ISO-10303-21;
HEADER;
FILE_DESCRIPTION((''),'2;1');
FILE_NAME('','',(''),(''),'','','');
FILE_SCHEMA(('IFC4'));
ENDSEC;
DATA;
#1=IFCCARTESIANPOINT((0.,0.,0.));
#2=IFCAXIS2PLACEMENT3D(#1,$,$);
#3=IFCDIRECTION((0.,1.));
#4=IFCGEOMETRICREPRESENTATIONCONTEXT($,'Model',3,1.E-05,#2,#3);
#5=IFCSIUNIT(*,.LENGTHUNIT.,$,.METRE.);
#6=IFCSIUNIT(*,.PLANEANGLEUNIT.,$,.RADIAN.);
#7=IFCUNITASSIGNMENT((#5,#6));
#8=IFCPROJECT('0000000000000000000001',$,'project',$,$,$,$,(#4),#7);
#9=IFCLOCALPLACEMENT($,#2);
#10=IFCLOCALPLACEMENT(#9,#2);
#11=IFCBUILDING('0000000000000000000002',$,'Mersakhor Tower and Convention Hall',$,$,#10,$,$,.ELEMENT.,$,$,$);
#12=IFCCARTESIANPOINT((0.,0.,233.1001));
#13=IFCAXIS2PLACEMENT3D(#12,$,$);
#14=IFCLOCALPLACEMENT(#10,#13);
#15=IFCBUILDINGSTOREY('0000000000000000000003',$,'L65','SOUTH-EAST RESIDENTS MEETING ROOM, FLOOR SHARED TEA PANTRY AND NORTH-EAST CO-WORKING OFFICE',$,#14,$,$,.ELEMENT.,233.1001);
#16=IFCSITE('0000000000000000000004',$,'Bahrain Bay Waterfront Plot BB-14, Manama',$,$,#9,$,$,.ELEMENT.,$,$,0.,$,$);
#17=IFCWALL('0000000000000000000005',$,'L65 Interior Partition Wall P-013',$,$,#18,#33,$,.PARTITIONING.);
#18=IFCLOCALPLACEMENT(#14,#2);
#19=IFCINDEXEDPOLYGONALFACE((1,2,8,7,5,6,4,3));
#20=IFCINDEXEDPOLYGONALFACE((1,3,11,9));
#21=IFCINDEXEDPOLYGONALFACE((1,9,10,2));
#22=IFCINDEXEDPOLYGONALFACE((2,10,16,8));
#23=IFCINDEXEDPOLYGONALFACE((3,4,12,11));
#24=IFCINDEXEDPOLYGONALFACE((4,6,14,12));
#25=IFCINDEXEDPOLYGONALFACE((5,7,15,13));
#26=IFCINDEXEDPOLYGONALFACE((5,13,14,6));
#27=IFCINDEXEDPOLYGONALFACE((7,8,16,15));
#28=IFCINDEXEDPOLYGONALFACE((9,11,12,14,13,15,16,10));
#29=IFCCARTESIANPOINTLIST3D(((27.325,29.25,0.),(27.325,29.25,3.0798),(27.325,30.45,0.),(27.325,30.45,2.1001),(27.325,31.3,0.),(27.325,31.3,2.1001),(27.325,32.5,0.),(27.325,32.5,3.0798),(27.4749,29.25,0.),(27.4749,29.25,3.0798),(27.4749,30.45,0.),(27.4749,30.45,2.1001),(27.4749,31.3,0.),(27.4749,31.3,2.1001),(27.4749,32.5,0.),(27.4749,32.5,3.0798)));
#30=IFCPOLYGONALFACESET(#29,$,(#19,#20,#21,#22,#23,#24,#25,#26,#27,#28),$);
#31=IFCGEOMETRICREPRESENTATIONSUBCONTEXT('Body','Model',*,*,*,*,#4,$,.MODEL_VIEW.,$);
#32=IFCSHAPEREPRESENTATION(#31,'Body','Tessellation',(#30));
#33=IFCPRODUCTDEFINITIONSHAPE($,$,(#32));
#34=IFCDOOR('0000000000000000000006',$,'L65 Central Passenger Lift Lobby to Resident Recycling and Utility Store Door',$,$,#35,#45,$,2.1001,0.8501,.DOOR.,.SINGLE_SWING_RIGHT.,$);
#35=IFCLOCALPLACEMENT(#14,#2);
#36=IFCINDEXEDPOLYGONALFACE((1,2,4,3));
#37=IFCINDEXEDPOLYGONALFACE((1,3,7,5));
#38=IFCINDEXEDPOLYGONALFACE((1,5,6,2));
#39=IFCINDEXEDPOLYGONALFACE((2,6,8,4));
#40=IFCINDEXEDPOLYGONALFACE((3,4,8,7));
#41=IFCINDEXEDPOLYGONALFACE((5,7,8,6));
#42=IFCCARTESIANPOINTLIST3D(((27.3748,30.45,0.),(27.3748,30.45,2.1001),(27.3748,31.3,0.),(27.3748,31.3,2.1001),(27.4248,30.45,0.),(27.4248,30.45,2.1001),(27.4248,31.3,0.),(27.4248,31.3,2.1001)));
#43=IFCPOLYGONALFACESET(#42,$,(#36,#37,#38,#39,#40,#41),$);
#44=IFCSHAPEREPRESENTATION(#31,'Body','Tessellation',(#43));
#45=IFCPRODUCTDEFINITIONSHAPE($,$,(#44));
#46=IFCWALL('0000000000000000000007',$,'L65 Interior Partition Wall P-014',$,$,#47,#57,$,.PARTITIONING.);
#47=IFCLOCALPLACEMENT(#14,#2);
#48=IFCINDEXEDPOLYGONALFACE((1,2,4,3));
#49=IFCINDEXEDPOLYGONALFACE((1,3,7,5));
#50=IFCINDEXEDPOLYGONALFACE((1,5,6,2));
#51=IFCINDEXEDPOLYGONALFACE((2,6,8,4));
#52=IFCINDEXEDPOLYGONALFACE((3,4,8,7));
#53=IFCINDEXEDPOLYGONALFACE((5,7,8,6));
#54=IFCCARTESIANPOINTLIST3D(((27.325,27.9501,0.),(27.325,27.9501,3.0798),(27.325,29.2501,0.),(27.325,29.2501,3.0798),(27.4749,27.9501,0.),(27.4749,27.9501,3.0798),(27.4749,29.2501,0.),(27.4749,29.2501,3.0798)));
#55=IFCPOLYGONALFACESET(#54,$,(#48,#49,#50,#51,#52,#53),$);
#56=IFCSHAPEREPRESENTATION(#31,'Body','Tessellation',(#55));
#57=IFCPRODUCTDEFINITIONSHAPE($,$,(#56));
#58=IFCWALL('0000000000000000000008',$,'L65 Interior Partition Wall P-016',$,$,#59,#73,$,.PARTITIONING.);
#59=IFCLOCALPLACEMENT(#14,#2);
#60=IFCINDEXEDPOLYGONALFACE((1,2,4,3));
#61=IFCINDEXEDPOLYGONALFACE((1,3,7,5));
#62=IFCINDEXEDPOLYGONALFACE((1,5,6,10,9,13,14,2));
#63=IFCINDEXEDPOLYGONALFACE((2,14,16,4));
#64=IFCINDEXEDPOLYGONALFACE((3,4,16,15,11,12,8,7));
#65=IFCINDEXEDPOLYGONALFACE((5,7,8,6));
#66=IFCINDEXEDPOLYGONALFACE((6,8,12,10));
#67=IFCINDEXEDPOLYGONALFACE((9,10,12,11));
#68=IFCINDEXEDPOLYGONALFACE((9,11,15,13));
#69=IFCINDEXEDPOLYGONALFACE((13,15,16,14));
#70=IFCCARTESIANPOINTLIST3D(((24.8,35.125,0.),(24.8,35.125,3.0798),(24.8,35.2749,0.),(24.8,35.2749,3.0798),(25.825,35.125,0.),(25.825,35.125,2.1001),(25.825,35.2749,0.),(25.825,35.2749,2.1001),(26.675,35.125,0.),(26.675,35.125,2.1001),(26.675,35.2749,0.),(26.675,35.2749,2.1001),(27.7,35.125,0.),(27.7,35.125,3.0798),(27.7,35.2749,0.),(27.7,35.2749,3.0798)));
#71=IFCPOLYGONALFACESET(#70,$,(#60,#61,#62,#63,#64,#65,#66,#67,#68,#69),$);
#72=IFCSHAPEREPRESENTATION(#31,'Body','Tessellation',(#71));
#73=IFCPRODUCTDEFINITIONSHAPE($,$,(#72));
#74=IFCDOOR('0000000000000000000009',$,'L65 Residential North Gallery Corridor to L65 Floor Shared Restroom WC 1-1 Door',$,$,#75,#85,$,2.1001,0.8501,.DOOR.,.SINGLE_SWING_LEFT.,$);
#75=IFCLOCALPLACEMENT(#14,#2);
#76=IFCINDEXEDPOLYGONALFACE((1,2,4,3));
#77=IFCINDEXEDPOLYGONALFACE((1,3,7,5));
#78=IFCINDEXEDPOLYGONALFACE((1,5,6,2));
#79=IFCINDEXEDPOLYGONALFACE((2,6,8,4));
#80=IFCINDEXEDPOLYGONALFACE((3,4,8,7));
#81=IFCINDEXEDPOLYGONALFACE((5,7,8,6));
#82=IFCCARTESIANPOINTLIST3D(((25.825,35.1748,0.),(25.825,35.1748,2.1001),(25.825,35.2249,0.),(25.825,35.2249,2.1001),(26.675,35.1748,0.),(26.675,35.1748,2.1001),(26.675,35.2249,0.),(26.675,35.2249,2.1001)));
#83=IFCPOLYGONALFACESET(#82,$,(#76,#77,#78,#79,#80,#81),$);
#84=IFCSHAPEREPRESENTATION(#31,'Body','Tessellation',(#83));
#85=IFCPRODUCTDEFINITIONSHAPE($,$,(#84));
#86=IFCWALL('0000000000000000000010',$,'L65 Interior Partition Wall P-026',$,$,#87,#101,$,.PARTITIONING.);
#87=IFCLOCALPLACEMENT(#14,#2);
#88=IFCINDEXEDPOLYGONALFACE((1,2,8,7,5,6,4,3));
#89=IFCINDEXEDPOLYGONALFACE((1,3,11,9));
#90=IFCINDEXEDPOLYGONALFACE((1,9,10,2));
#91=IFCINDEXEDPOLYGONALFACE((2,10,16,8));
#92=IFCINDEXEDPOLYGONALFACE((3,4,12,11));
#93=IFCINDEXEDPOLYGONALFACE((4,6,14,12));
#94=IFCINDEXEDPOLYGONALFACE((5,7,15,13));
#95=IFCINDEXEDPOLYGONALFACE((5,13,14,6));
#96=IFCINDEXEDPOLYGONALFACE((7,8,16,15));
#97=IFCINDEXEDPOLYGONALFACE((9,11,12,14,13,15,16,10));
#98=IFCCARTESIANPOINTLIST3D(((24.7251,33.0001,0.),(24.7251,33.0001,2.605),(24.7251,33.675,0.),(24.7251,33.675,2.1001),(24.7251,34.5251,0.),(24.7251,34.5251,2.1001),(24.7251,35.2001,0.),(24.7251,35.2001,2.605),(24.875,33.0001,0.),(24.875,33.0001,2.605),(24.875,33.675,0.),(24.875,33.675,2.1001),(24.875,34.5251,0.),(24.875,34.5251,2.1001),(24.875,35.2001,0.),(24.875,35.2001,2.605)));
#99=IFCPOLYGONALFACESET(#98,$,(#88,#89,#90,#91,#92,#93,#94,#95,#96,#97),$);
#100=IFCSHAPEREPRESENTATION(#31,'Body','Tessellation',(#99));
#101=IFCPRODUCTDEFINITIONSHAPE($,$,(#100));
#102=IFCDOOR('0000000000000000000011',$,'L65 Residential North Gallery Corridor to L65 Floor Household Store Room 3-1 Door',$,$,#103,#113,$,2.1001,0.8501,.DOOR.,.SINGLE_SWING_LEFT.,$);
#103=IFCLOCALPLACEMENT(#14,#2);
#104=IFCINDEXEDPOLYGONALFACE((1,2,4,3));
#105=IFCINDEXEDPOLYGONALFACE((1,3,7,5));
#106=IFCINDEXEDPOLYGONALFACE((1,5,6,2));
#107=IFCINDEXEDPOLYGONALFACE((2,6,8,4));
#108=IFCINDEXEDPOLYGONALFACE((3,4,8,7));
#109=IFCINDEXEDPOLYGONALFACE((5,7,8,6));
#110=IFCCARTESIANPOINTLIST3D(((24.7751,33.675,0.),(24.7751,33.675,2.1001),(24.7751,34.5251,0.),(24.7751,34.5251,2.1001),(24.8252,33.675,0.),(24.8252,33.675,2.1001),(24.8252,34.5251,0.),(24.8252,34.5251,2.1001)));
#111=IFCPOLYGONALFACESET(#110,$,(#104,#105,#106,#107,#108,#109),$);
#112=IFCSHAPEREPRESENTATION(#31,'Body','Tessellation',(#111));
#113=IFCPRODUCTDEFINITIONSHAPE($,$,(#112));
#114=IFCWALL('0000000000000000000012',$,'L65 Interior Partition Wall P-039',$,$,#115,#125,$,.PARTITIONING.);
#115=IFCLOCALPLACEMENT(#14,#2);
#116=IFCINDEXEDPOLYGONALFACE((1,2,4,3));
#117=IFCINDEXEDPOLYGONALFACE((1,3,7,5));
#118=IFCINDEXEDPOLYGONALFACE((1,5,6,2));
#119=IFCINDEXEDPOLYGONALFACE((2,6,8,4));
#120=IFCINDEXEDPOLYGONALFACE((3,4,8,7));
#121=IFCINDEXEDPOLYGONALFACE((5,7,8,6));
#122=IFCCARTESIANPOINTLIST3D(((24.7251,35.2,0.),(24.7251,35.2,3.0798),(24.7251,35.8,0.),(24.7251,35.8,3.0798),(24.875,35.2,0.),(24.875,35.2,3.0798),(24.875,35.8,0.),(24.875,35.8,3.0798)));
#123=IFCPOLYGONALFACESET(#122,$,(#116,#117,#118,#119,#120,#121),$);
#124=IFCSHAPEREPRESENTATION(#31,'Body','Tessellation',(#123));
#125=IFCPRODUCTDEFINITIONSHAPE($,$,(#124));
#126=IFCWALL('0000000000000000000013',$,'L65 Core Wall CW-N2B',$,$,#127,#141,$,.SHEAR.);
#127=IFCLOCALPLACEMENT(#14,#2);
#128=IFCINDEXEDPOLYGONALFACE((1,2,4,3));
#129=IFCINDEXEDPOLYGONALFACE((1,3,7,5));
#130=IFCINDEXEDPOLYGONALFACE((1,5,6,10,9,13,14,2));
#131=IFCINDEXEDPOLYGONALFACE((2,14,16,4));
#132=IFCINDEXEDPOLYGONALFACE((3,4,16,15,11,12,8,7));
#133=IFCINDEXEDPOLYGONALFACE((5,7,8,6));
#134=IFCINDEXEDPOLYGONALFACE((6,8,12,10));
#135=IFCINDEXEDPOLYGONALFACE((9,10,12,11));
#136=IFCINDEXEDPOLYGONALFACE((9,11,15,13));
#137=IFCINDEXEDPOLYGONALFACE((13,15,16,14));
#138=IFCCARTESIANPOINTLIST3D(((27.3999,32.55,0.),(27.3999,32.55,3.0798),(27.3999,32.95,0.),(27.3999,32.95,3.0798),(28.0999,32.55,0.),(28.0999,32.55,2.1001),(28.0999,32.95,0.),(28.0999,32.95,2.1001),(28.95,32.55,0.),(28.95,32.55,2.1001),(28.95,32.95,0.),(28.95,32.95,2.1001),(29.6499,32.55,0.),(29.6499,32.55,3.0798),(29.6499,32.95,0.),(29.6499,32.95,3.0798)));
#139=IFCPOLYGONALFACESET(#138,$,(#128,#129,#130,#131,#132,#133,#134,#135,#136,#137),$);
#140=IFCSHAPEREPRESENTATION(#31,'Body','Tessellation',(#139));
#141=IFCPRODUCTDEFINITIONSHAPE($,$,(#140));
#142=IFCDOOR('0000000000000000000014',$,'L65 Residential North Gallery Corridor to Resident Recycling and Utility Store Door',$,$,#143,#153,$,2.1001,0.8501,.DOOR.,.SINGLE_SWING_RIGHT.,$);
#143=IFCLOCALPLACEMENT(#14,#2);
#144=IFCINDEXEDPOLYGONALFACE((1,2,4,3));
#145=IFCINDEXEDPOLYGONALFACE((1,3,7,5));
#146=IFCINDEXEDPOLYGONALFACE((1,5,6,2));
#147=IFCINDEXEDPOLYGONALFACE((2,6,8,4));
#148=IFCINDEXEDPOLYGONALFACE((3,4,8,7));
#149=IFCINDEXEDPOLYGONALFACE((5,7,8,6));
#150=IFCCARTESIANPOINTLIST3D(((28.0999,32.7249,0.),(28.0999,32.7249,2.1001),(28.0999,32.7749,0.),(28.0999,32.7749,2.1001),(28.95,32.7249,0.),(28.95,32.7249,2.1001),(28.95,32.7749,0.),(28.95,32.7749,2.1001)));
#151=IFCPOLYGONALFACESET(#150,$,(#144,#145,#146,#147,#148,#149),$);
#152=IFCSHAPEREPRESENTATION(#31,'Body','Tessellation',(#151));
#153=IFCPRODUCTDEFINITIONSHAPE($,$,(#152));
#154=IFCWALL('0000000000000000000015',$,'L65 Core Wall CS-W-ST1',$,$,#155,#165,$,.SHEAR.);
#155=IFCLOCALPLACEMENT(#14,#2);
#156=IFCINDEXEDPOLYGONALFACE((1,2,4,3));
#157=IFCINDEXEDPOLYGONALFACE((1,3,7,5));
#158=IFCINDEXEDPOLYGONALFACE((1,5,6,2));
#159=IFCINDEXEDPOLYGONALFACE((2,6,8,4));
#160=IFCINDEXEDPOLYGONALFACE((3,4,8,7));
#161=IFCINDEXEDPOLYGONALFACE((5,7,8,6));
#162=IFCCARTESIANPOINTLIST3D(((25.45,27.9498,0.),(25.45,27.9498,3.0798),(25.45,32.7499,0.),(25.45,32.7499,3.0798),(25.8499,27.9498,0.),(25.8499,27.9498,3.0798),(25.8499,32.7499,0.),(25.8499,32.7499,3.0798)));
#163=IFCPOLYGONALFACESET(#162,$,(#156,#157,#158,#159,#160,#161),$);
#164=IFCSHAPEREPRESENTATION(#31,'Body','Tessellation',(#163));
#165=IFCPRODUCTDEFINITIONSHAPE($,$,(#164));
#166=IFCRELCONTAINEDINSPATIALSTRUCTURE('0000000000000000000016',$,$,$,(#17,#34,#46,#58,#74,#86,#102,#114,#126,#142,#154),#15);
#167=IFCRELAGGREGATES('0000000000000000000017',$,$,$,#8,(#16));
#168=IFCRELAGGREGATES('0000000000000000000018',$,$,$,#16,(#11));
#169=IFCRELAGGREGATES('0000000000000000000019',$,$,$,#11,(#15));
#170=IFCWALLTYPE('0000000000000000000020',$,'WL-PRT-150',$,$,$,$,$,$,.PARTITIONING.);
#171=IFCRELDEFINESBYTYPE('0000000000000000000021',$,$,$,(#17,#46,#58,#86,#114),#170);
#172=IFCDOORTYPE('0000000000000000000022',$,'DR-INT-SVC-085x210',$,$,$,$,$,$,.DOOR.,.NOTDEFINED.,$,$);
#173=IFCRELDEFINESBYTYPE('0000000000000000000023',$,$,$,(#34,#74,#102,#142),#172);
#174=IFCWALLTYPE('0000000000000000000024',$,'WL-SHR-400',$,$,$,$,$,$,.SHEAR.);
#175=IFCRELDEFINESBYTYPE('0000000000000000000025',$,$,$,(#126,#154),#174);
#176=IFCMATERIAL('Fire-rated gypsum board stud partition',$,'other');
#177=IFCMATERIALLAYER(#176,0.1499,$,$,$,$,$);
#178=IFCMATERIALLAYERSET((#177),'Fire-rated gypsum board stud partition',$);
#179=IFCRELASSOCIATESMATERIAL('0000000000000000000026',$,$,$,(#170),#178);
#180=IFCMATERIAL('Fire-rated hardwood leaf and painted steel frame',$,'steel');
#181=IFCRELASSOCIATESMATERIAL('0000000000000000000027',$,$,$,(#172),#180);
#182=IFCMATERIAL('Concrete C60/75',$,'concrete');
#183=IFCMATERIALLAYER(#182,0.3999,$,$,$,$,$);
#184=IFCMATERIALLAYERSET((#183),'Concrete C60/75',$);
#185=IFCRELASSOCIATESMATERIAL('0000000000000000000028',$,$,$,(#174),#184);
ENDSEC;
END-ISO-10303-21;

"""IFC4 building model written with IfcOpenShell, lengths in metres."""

from ifc_helpers import new_model, si_unit, direction, frame, frame_2d, origin, place, context, subcontext, project, spatial, rectangle, extrude, material, layer, layer_set, type_object, element, fill, save


model = new_model("IFC4")

# Units and contexts
model_context = context("Model", 3, precision=1e-05, world=origin(), true_north=direction((0.0, 1.0)))
body_context = subcontext(model_context, "Body", "Model", "MODEL_VIEW")
ifc_project = project(units=[si_unit("LENGTHUNIT", "METRE"), si_unit("PLANEANGLEUNIT", "RADIAN")], contexts=[model_context])

# Site, building, storey
site_placement = place(None, origin())
site = spatial("IfcSite", under=ifc_project, at=site_placement, Name="Bahrain Bay Waterfront Plot BB-14, Manama", CompositionType="ELEMENT", RefElevation=0.0)
building_placement = place(site_placement, origin())
building = spatial("IfcBuilding", under=site, at=building_placement, Name="Mersakhor Tower and Convention Hall", CompositionType="ELEMENT")
storey_placement = place(building_placement, frame((0.0, 0.0, 233.1001)))
storey = spatial("IfcBuildingStorey", under=building, at=storey_placement, Name="L65", Description="SOUTH-EAST RESIDENTS MEETING ROOM, FLOOR SHARED TEA PANTRY AND NORTH-EAST CO-WORKING OFFICE", CompositionType="ELEMENT", Elevation=233.1001)

# Wall, opening, door
ifc_material_1 = material(Name="Fire-rated gypsum board stud partition", Category="other")
ifc_layer_1 = layer(ifc_material_1, 0.1499)
ifc_layer_set_1 = layer_set([ifc_layer_1], Name="Fire-rated gypsum board stud partition")
wall_type_1 = type_object("IfcWallType", Name="WL-PRT-150", PredefinedType="PARTITIONING", material=ifc_layer_set_1)
wall_1_placement = place(storey_placement, frame((27.3999, 32.5, 0.0), z_axis=(0.0, 0.0, 1.0), x_axis=(0.0, -1.0, 0.0)))
wall_1 = element("IfcWall", 1, at=wall_1_placement, inside=storey, type_object=wall_type_1, Name="L65 Interior Partition Wall P-013", PredefinedType="PARTITIONING", context=body_context, shape_type="SweptSolid", body=[
    extrude(rectangle(XDim=3.25, YDim=0.1499, at=frame_2d((1.625, 0.0))), origin(), (0.0, 0.0, 1.0), 3.0798),
])
opening_1_placement = place(wall_1_placement, frame((1.2, 0.0, 0.0)))
opening_1 = element("IfcOpeningElement", 2, at=opening_1_placement, cuts=wall_1, PredefinedType="OPENING", context=body_context, shape_type="SweptSolid", body=[
    extrude(rectangle(XDim=0.8501, YDim=2.1001, at=frame_2d((0.425, 1.05))), frame((0.0, 0.085, 0.0), z_axis=(0.0, -1.0, 0.0), x_axis=(1.0, 0.0, 0.0)), (0.0, 0.0, 1.0), 0.1699),
])
ifc_material_2 = material(Name="Fire-rated hardwood leaf and painted steel frame", Category="steel")
door_type_1 = type_object("IfcDoorType", Name="DR-INT-SVC-085x210", OperationType="NOTDEFINED", PredefinedType="DOOR", material=ifc_material_2)
door_1_placement = place(opening_1_placement, origin())
door_1 = element("IfcDoor", 3, at=door_1_placement, inside=storey, type_object=door_type_1, Name="L65 Central Passenger Lift Lobby to Resident Recycling and Utility Store Door", OperationType="SINGLE_SWING_RIGHT", OverallHeight=2.1001, OverallWidth=0.8501, PredefinedType="DOOR", context=body_context, shape_type="SweptSolid", body=[
    extrude(rectangle(XDim=0.8501, YDim=2.1001, at=frame_2d((0.425, 1.05))), frame((0.0, 0.0249, 0.0), z_axis=(0.0, -1.0, 0.0), x_axis=(1.0, 0.0, 0.0)), (0.0, 0.0, 1.0), 0.05),
])
fill(opening_1, door_1)

# Wall
wall_2_placement = place(storey_placement, frame((27.3999, 29.25, 0.0), z_axis=(0.0, 0.0, 1.0), x_axis=(0.0, -1.0, 0.0)))
element("IfcWall", 4, at=wall_2_placement, inside=storey, type_object=wall_type_1, Name="L65 Interior Partition Wall P-014", PredefinedType="PARTITIONING", context=body_context, shape_type="SweptSolid", body=[
    extrude(rectangle(XDim=1.3, YDim=0.1499, at=frame_2d((0.6499, 0.0))), origin(), (0.0, 0.0, 1.0), 3.0798),
])

# Walls, openings, doors
wall_3_placement = place(storey_placement, frame((24.8, 35.2, 0.0), z_axis=(0.0, 0.0, 1.0), x_axis=(1.0, 0.0, 0.0)))
wall_3 = element("IfcWall", 5, at=wall_3_placement, inside=storey, type_object=wall_type_1, Name="L65 Interior Partition Wall P-016", PredefinedType="PARTITIONING", context=body_context, shape_type="SweptSolid", body=[
    extrude(rectangle(XDim=2.8999, YDim=0.1499, at=frame_2d((1.45, 0.0))), origin(), (0.0, 0.0, 1.0), 3.0798),
])
opening_2_placement = place(wall_3_placement, frame((1.0249, 0.0, 0.0)))
opening_2 = element("IfcOpeningElement", 6, at=opening_2_placement, cuts=wall_3, PredefinedType="OPENING", context=body_context, shape_type="SweptSolid", body=[
    extrude(rectangle(XDim=0.8501, YDim=2.1001, at=frame_2d((0.425, 1.05))), frame((0.0, 0.085, 0.0), z_axis=(0.0, -1.0, 0.0), x_axis=(1.0, 0.0, 0.0)), (0.0, 0.0, 1.0), 0.1699),
])
door_2_placement = place(opening_2_placement, origin())
door_2 = element("IfcDoor", 7, at=door_2_placement, inside=storey, type_object=door_type_1, Name="L65 Residential North Gallery Corridor to L65 Floor Shared Restroom WC 1-1 Door", OperationType="SINGLE_SWING_LEFT", OverallHeight=2.1001, OverallWidth=0.8501, PredefinedType="DOOR", context=body_context, shape_type="SweptSolid", body=[
    extrude(rectangle(XDim=0.8501, YDim=2.1001, at=frame_2d((0.425, 1.05))), frame((0.0, 0.0249, 0.0), z_axis=(0.0, -1.0, 0.0), x_axis=(1.0, 0.0, 0.0)), (0.0, 0.0, 1.0), 0.05),
])
fill(opening_2, door_2)
wall_4_placement = place(storey_placement, frame((24.8, 33.0, 0.0), z_axis=(0.0, 0.0, 1.0), x_axis=(0.0, 1.0, 0.0)))
wall_4 = element("IfcWall", 8, at=wall_4_placement, inside=storey, type_object=wall_type_1, Name="L65 Interior Partition Wall P-026", PredefinedType="PARTITIONING", context=body_context, shape_type="SweptSolid", body=[
    extrude(rectangle(XDim=2.2, YDim=0.1499, at=frame_2d((1.1001, 0.0))), origin(), (0.0, 0.0, 1.0), 2.605),
])
opening_3_placement = place(wall_4_placement, frame((0.675, 0.0, 0.0)))
opening_3 = element("IfcOpeningElement", 9, at=opening_3_placement, cuts=wall_4, PredefinedType="OPENING", context=body_context, shape_type="SweptSolid", body=[
    extrude(rectangle(XDim=0.8501, YDim=2.1001, at=frame_2d((0.425, 1.05))), frame((0.0, 0.085, 0.0), z_axis=(0.0, -1.0, 0.0), x_axis=(1.0, 0.0, 0.0)), (0.0, 0.0, 1.0), 0.1699),
])
door_3_placement = place(opening_3_placement, origin())
door_3 = element("IfcDoor", 10, at=door_3_placement, inside=storey, type_object=door_type_1, Name="L65 Residential North Gallery Corridor to L65 Floor Household Store Room 3-1 Door", OperationType="SINGLE_SWING_LEFT", OverallHeight=2.1001, OverallWidth=0.8501, PredefinedType="DOOR", context=body_context, shape_type="SweptSolid", body=[
    extrude(rectangle(XDim=0.8501, YDim=2.1001, at=frame_2d((0.425, 1.05))), frame((0.0, 0.0249, 0.0), z_axis=(0.0, -1.0, 0.0), x_axis=(1.0, 0.0, 0.0)), (0.0, 0.0, 1.0), 0.05),
])
fill(opening_3, door_3)

# Wall
wall_5_placement = place(storey_placement, frame((24.8, 35.2, 0.0), z_axis=(0.0, 0.0, 1.0), x_axis=(0.0, 1.0, 0.0)))
element("IfcWall", 11, at=wall_5_placement, inside=storey, type_object=wall_type_1, Name="L65 Interior Partition Wall P-039", PredefinedType="PARTITIONING", context=body_context, shape_type="SweptSolid", body=[
    extrude(rectangle(XDim=0.6001, YDim=0.1499, at=frame_2d((0.3, 0.0))), origin(), (0.0, 0.0, 1.0), 3.0798),
])

# Wall, opening, door
ifc_material_3 = material(Name="Concrete C60/75", Category="concrete")
ifc_layer_2 = layer(ifc_material_3, 0.3999)
ifc_layer_set_2 = layer_set([ifc_layer_2], Name="Concrete C60/75")
wall_type_2 = type_object("IfcWallType", Name="WL-SHR-400", PredefinedType="SHEAR", material=ifc_layer_set_2)
wall_6_placement = place(storey_placement, frame((27.3999, 32.75, 0.0), z_axis=(0.0, 0.0, 1.0), x_axis=(1.0, 0.0, 0.0)))
wall_6 = element("IfcWall", 12, at=wall_6_placement, inside=storey, type_object=wall_type_2, Name="L65 Core Wall CW-N2B", PredefinedType="SHEAR", context=body_context, shape_type="SweptSolid", body=[
    extrude(rectangle(XDim=2.25, YDim=0.3999, at=frame_2d((1.125, 0.0))), origin(), (0.0, 0.0, 1.0), 3.0798),
])
opening_4_placement = place(wall_6_placement, frame((0.7, 0.0, 0.0)))
opening_4 = element("IfcOpeningElement", 13, at=opening_4_placement, cuts=wall_6, PredefinedType="OPENING", context=body_context, shape_type="SweptSolid", body=[
    extrude(rectangle(XDim=0.8501, YDim=2.1001, at=frame_2d((0.425, 1.05))), frame((0.0, 0.21, 0.0), z_axis=(0.0, -1.0, 0.0), x_axis=(1.0, 0.0, 0.0)), (0.0, 0.0, 1.0), 0.4199),
])
door_4_placement = place(opening_4_placement, origin())
door_4 = element("IfcDoor", 14, at=door_4_placement, inside=storey, type_object=door_type_1, Name="L65 Residential North Gallery Corridor to Resident Recycling and Utility Store Door", OperationType="SINGLE_SWING_RIGHT", OverallHeight=2.1001, OverallWidth=0.8501, PredefinedType="DOOR", context=body_context, shape_type="SweptSolid", body=[
    extrude(rectangle(XDim=0.8501, YDim=2.1001, at=frame_2d((0.425, 1.05))), frame((0.0, 0.0249, 0.0), z_axis=(0.0, -1.0, 0.0), x_axis=(1.0, 0.0, 0.0)), (0.0, 0.0, 1.0), 0.05),
])
fill(opening_4, door_4)

# Wall
wall_7_placement = place(storey_placement, frame((25.6499, 27.95, 0.0), z_axis=(0.0, 0.0, 1.0), x_axis=(0.0, 1.0, 0.0)))
element("IfcWall", 15, at=wall_7_placement, inside=storey, type_object=wall_type_2, Name="L65 Core Wall CS-W-ST1", PredefinedType="SHEAR", context=body_context, shape_type="SweptSolid", body=[
    extrude(rectangle(XDim=4.8, YDim=0.3999, at=frame_2d((2.3999, 0.0))), origin(), (0.0, 0.0, 1.0), 3.0798),
])

save(model, "model.ifc")
